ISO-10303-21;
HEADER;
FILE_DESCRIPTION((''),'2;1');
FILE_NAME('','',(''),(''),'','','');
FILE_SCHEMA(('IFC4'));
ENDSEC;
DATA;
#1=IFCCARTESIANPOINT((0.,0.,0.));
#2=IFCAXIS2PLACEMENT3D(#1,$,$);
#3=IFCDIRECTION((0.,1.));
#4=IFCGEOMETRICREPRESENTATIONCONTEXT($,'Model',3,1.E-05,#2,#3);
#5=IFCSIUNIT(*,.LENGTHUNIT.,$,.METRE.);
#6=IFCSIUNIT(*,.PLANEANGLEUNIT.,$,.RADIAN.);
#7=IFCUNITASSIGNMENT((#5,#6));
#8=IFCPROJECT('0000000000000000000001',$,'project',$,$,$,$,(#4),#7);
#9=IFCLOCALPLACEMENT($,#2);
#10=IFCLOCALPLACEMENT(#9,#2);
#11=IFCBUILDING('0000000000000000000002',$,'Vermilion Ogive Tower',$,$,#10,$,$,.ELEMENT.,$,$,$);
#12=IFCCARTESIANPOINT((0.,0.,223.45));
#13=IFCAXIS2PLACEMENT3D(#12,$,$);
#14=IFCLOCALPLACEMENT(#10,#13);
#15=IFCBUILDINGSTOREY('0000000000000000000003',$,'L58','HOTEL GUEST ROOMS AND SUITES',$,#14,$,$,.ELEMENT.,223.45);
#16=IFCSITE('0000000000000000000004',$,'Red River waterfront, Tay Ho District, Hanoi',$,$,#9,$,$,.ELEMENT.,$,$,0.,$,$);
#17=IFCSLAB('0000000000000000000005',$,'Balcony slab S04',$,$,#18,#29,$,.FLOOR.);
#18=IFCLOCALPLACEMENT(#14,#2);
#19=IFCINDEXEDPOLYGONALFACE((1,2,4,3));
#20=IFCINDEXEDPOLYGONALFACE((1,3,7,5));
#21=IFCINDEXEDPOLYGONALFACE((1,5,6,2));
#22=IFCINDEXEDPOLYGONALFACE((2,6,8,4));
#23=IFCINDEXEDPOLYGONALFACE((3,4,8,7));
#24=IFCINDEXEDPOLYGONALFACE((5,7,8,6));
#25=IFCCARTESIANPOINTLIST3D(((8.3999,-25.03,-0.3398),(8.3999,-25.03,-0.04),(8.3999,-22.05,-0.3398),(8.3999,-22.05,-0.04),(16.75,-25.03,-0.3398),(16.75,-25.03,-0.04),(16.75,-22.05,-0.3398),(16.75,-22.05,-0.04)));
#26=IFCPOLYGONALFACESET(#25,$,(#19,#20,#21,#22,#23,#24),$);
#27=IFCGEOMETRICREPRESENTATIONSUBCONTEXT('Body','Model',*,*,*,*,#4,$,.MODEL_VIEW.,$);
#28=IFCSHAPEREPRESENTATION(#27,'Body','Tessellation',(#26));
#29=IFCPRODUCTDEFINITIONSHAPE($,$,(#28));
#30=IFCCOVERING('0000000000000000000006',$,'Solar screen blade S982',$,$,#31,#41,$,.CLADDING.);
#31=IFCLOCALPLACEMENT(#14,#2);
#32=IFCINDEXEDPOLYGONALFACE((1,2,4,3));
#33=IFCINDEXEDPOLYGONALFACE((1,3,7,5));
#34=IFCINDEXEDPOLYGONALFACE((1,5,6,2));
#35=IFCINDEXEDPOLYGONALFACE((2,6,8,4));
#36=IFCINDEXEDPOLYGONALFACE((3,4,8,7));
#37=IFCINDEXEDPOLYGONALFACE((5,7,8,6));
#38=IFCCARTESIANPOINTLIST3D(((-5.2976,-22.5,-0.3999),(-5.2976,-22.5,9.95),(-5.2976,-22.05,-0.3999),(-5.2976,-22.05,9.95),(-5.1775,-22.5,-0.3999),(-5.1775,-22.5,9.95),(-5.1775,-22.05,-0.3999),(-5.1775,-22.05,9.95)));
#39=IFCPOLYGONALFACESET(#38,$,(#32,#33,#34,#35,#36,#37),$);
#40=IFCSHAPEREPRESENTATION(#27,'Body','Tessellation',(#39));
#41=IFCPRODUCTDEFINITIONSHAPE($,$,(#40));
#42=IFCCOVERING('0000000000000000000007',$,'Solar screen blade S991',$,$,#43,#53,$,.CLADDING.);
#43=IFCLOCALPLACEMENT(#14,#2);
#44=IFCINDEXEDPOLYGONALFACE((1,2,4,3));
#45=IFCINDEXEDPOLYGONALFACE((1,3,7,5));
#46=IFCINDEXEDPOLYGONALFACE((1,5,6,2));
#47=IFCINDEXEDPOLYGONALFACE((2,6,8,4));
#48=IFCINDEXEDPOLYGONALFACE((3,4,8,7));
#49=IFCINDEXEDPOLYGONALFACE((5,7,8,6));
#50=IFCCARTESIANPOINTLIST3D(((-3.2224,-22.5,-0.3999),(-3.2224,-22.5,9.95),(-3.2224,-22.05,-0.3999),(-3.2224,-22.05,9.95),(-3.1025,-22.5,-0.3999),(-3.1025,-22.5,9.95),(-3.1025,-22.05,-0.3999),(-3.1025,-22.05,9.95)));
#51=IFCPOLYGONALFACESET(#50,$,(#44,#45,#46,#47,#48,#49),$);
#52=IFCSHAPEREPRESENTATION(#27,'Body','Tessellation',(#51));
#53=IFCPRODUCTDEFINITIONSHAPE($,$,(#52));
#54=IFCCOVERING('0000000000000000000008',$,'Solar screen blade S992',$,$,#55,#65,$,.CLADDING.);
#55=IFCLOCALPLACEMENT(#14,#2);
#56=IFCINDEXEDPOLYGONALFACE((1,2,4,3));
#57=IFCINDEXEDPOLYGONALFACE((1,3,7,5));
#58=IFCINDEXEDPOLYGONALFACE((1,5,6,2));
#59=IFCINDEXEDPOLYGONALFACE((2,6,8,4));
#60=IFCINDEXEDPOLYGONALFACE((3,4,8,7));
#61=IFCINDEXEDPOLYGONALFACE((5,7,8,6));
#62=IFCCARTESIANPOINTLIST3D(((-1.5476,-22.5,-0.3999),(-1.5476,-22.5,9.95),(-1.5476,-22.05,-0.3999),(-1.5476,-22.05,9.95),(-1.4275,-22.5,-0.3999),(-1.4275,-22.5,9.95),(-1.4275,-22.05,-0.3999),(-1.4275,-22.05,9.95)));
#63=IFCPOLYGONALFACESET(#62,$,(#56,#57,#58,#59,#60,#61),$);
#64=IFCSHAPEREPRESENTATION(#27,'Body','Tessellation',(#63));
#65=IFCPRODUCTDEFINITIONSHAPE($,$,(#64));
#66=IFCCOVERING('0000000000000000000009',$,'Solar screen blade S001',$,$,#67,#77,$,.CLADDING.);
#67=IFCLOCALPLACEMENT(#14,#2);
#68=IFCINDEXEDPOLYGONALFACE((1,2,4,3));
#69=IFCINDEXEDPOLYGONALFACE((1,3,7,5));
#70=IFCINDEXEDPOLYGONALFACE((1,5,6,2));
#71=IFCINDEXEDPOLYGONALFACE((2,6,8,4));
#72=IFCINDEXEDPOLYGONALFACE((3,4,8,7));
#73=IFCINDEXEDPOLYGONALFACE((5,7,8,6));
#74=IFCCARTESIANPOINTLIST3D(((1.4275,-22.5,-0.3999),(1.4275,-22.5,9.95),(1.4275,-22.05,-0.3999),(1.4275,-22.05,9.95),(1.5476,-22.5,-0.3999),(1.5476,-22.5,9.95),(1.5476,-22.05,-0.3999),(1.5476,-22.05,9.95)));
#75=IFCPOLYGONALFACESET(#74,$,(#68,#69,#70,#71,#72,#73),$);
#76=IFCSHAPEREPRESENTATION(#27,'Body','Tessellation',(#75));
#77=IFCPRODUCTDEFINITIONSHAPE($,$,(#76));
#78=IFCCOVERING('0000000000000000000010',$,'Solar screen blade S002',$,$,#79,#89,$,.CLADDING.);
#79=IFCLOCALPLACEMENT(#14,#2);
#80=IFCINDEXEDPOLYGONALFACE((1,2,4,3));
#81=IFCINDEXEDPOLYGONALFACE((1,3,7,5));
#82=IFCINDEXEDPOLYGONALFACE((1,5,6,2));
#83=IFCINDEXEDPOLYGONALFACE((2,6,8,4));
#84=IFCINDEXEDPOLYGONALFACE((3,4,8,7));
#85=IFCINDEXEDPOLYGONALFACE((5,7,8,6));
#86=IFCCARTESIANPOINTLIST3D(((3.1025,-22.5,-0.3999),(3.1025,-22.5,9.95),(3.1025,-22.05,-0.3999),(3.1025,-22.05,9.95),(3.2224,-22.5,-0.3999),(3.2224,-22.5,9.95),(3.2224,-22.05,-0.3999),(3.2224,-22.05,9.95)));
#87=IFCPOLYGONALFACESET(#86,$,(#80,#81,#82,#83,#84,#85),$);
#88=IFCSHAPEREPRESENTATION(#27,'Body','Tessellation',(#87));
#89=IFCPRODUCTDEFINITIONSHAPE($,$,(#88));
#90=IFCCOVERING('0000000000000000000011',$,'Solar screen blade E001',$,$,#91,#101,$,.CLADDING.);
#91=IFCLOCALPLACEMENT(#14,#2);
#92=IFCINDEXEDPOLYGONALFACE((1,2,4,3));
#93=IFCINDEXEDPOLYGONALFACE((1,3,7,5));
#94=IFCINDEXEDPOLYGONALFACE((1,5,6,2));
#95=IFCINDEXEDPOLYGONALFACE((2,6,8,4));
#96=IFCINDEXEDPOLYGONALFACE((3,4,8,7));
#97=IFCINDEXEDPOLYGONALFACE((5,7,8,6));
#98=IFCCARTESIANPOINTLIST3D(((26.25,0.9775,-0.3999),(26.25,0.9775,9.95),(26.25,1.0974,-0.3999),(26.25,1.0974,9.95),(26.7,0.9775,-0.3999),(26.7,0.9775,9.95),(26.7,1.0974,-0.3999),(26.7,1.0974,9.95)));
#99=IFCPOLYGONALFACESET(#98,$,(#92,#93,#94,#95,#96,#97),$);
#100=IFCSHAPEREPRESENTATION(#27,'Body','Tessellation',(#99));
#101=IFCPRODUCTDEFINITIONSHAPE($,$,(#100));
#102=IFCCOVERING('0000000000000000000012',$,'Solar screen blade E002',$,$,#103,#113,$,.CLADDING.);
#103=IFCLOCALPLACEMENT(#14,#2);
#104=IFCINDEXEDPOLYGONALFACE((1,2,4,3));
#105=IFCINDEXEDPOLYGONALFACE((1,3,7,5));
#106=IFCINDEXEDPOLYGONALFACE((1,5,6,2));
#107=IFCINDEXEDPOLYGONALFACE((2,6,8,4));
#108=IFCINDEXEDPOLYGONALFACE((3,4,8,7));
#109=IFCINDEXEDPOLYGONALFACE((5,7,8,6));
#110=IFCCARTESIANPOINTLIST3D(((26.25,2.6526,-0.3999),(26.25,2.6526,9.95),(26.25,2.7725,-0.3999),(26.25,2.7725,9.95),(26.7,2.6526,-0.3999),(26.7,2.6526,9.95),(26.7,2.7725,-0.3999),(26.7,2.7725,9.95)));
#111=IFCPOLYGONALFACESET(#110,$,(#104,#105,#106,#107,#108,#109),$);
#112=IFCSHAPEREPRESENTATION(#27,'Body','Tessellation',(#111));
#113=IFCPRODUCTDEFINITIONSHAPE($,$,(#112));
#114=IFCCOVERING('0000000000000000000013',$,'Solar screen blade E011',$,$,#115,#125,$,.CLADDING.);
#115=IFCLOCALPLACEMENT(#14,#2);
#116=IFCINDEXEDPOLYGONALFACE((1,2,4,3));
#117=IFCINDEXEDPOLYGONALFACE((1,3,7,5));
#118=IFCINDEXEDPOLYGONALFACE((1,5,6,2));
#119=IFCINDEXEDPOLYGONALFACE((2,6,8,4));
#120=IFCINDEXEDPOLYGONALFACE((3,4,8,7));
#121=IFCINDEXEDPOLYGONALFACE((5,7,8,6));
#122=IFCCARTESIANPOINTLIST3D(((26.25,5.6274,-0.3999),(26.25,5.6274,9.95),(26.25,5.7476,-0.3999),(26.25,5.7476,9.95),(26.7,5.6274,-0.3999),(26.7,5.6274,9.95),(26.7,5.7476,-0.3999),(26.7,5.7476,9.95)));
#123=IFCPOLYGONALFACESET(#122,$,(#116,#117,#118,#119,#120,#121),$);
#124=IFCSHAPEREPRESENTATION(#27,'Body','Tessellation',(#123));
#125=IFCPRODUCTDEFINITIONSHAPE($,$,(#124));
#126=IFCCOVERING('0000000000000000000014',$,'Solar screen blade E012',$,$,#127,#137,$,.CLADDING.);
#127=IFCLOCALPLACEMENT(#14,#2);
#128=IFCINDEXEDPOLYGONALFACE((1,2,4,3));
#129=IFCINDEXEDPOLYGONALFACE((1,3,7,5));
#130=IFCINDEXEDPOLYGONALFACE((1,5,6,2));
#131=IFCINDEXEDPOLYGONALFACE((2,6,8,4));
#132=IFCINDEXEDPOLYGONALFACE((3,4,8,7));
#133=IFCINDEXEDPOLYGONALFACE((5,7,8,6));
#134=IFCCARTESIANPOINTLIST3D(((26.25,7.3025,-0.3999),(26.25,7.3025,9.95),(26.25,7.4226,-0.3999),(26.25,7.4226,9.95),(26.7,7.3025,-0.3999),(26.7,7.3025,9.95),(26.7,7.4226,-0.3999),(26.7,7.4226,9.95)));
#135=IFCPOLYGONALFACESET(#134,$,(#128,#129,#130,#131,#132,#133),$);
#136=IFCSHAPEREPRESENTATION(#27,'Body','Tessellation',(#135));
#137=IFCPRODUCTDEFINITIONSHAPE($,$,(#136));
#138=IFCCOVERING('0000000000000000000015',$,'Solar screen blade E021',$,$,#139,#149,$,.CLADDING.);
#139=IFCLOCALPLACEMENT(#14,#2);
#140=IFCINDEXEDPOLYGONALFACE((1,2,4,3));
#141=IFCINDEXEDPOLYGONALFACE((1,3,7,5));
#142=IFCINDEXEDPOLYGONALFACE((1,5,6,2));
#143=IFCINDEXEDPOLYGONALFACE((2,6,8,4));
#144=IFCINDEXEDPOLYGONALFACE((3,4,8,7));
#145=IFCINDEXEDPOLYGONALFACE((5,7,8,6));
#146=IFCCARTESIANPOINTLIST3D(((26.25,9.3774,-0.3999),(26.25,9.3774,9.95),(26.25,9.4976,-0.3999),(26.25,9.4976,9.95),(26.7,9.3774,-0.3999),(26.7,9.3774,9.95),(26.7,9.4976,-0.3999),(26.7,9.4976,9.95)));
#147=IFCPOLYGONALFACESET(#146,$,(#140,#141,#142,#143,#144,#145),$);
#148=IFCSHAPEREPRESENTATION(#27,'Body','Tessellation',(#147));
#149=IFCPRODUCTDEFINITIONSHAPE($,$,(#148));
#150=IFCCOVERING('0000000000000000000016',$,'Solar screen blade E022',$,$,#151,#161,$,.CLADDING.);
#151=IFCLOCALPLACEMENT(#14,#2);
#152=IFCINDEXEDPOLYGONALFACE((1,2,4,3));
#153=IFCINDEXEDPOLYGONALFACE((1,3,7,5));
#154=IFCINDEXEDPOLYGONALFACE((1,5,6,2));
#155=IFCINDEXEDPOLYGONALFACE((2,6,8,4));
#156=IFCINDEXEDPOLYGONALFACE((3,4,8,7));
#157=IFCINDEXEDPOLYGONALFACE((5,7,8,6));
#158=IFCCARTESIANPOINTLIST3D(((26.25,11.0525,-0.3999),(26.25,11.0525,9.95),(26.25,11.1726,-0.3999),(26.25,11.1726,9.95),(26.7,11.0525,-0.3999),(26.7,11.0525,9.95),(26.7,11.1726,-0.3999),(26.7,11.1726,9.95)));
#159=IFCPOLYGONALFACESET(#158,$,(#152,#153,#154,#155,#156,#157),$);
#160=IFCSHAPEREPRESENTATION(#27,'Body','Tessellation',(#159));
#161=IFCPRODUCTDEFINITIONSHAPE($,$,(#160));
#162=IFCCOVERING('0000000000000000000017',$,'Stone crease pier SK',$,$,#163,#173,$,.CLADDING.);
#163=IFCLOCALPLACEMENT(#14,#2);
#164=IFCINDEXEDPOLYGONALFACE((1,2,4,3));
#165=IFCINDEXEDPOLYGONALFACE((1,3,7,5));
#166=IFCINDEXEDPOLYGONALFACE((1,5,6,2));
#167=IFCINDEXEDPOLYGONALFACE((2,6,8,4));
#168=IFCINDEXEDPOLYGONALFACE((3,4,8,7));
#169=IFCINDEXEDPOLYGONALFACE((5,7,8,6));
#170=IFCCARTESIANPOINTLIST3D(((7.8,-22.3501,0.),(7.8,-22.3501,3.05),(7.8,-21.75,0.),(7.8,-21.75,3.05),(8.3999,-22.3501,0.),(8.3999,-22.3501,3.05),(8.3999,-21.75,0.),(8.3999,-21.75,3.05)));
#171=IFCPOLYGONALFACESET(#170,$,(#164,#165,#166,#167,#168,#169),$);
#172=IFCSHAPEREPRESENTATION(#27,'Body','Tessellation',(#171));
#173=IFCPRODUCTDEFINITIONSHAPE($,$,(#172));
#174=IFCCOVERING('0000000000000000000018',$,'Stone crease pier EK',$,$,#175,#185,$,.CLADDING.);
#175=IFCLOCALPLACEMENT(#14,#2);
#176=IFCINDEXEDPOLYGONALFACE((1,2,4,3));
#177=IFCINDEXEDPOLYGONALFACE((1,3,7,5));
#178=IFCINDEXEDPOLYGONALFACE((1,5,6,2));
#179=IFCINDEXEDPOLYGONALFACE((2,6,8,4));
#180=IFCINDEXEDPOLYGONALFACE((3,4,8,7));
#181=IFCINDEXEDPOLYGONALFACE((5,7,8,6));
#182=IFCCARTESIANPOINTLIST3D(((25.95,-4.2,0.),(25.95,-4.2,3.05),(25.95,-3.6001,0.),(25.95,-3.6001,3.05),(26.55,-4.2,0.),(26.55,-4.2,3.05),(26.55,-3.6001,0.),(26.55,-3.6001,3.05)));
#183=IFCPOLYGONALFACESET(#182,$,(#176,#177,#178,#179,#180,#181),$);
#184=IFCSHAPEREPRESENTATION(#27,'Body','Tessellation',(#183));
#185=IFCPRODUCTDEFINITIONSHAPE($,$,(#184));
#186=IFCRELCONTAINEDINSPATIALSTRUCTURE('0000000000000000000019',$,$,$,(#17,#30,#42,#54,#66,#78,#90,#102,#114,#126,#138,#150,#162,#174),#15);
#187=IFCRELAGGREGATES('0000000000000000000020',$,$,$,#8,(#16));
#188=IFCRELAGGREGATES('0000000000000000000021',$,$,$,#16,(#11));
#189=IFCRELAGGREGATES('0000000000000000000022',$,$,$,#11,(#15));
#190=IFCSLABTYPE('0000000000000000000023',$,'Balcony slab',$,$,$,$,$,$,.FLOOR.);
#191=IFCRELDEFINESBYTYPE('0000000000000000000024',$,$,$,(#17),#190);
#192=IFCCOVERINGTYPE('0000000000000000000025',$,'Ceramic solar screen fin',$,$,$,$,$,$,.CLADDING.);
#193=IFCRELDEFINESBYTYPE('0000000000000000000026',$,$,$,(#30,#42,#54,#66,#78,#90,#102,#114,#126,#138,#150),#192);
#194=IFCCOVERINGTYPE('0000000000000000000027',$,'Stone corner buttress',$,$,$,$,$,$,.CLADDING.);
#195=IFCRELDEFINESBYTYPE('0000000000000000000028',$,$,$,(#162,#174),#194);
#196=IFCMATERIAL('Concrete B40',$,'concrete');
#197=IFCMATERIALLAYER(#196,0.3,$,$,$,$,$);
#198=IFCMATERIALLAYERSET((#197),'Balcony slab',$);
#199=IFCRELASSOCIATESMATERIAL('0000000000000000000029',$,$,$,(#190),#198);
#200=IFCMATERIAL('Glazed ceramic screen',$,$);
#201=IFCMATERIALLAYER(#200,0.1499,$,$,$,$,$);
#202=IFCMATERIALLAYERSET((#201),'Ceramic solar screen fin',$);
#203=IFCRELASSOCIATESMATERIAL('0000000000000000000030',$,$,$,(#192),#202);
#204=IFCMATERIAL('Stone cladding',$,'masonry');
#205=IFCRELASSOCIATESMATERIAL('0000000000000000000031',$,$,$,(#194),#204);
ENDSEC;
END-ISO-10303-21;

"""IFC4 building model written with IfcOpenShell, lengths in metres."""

from ifc_helpers import new_model, si_unit, direction, frame, origin, place, context, subcontext, project, spatial, polyline, outline, extrude, material, layer, layer_set, type_object, element, save


model = new_model("IFC4")

# Units and contexts
model_context = context("Model", 3, precision=1e-05, world=origin(), true_north=direction((0.0, 1.0)))
body_context = subcontext(model_context, "Body", "Model", "MODEL_VIEW")
ifc_project = project(units=[si_unit("LENGTHUNIT", "METRE"), si_unit("PLANEANGLEUNIT", "RADIAN")], contexts=[model_context])

# Site, building, storey
site_placement = place(None, origin())
site = spatial("IfcSite", under=ifc_project, at=site_placement, Name="Red River waterfront, Tay Ho District, Hanoi", CompositionType="ELEMENT", RefElevation=0.0)
building_placement = place(site_placement, origin())
building = spatial("IfcBuilding", under=site, at=building_placement, Name="Vermilion Ogive Tower", CompositionType="ELEMENT")
storey_placement = place(building_placement, frame((0.0, 0.0, 223.45)))
storey = spatial("IfcBuildingStorey", under=building, at=storey_placement, Name="L58", Description="HOTEL GUEST ROOMS AND SUITES", CompositionType="ELEMENT", Elevation=223.45)

# Slab
ifc_material_1 = material(Name="Concrete B40", Category="concrete")
ifc_layer_1 = layer(ifc_material_1, 0.3)
ifc_layer_set_1 = layer_set([ifc_layer_1], Name="Balcony slab")
slab_type = type_object("IfcSlabType", Name="Balcony slab", PredefinedType="FLOOR", material=ifc_layer_set_1)
slab_placement = place(storey_placement, frame((0.0, 0.0, -0.3398)))
element("IfcSlab", 1, at=slab_placement, inside=storey, type_object=slab_type, Name="Balcony slab S04", PredefinedType="FLOOR", context=body_context, shape_type="SweptSolid", body=[
    extrude(outline(polyline([(8.3999, -25.03), (16.75, -25.03), (16.75, -22.05), (8.3999, -22.05), (8.3999, -25.03)])), origin(), (0.0, 0.0, 1.0), 0.2998),
])

# Coverings
ifc_material_2 = material(Name="Glazed ceramic screen")
ifc_layer_2 = layer(ifc_material_2, 0.1499)
ifc_layer_set_2 = layer_set([ifc_layer_2], Name="Ceramic solar screen fin")
covering_type_1 = type_object("IfcCoveringType", Name="Ceramic solar screen fin", PredefinedType="CLADDING", material=ifc_layer_set_2)
covering_1_placement = place(storey_placement, frame((0.0, 0.0, -0.3999)))
element("IfcCovering", 2, at=covering_1_placement, inside=storey, type_object=covering_type_1, Name="Solar screen blade S982", PredefinedType="CLADDING", context=body_context, shape_type="SweptSolid", body=[
    extrude(outline(polyline([(-5.2976, -22.5), (-5.1775, -22.5), (-5.1775, -22.05), (-5.2976, -22.05), (-5.2976, -22.5)])), origin(), (0.0, 0.0, 1.0), 10.3499),
])
covering_2_placement = place(storey_placement, frame((0.0, 0.0, -0.3999)))
element("IfcCovering", 3, at=covering_2_placement, inside=storey, type_object=covering_type_1, Name="Solar screen blade S991", PredefinedType="CLADDING", context=body_context, shape_type="SweptSolid", body=[
    extrude(outline(polyline([(-3.2224, -22.5), (-3.1025, -22.5), (-3.1025, -22.05), (-3.2224, -22.05), (-3.2224, -22.5)])), origin(), (0.0, 0.0, 1.0), 10.3499),
])
covering_3_placement = place(storey_placement, frame((0.0, 0.0, -0.3999)))
element("IfcCovering", 4, at=covering_3_placement, inside=storey, type_object=covering_type_1, Name="Solar screen blade S992", PredefinedType="CLADDING", context=body_context, shape_type="SweptSolid", body=[
    extrude(outline(polyline([(-1.5476, -22.5), (-1.4275, -22.5), (-1.4275, -22.05), (-1.5476, -22.05), (-1.5476, -22.5)])), origin(), (0.0, 0.0, 1.0), 10.3499),
])
covering_4_placement = place(storey_placement, frame((0.0, 0.0, -0.3999)))
element("IfcCovering", 5, at=covering_4_placement, inside=storey, type_object=covering_type_1, Name="Solar screen blade S001", PredefinedType="CLADDING", context=body_context, shape_type="SweptSolid", body=[
    extrude(outline(polyline([(1.4275, -22.5), (1.5476, -22.5), (1.5476, -22.05), (1.4275, -22.05), (1.4275, -22.5)])), origin(), (0.0, 0.0, 1.0), 10.3499),
])
covering_5_placement = place(storey_placement, frame((0.0, 0.0, -0.3999)))
element("IfcCovering", 6, at=covering_5_placement, inside=storey, type_object=covering_type_1, Name="Solar screen blade S002", PredefinedType="CLADDING", context=body_context, shape_type="SweptSolid", body=[
    extrude(outline(polyline([(3.1025, -22.5), (3.2224, -22.5), (3.2224, -22.05), (3.1025, -22.05), (3.1025, -22.5)])), origin(), (0.0, 0.0, 1.0), 10.3499),
])
covering_6_placement = place(storey_placement, frame((0.0, 0.0, -0.3999)))
element("IfcCovering", 7, at=covering_6_placement, inside=storey, type_object=covering_type_1, Name="Solar screen blade E001", PredefinedType="CLADDING", context=body_context, shape_type="SweptSolid", body=[
    extrude(outline(polyline([(26.7, 0.9775), (26.7, 1.0974), (26.25, 1.0974), (26.25, 0.9775), (26.7, 0.9775)])), origin(), (0.0, 0.0, 1.0), 10.3499),
])
covering_7_placement = place(storey_placement, frame((0.0, 0.0, -0.3999)))
element("IfcCovering", 8, at=covering_7_placement, inside=storey, type_object=covering_type_1, Name="Solar screen blade E002", PredefinedType="CLADDING", context=body_context, shape_type="SweptSolid", body=[
    extrude(outline(polyline([(26.7, 2.6526), (26.7, 2.7725), (26.25, 2.7725), (26.25, 2.6526), (26.7, 2.6526)])), origin(), (0.0, 0.0, 1.0), 10.3499),
])
covering_8_placement = place(storey_placement, frame((0.0, 0.0, -0.3999)))
element("IfcCovering", 9, at=covering_8_placement, inside=storey, type_object=covering_type_1, Name="Solar screen blade E011", PredefinedType="CLADDING", context=body_context, shape_type="SweptSolid", body=[
    extrude(outline(polyline([(26.7, 5.6274), (26.7, 5.7476), (26.25, 5.7476), (26.25, 5.6274), (26.7, 5.6274)])), origin(), (0.0, 0.0, 1.0), 10.3499),
])
covering_9_placement = place(storey_placement, frame((0.0, 0.0, -0.3999)))
element("IfcCovering", 10, at=covering_9_placement, inside=storey, type_object=covering_type_1, Name="Solar screen blade E012", PredefinedType="CLADDING", context=body_context, shape_type="SweptSolid", body=[
    extrude(outline(polyline([(26.7, 7.3025), (26.7, 7.4226), (26.25, 7.4226), (26.25, 7.3025), (26.7, 7.3025)])), origin(), (0.0, 0.0, 1.0), 10.3499),
])
covering_10_placement = place(storey_placement, frame((0.0, 0.0, -0.3999)))
element("IfcCovering", 11, at=covering_10_placement, inside=storey, type_object=covering_type_1, Name="Solar screen blade E021", PredefinedType="CLADDING", context=body_context, shape_type="SweptSolid", body=[
    extrude(outline(polyline([(26.7, 9.3774), (26.7, 9.4976), (26.25, 9.4976), (26.25, 9.3774), (26.7, 9.3774)])), origin(), (0.0, 0.0, 1.0), 10.3499),
])
covering_11_placement = place(storey_placement, frame((0.0, 0.0, -0.3999)))
element("IfcCovering", 12, at=covering_11_placement, inside=storey, type_object=covering_type_1, Name="Solar screen blade E022", PredefinedType="CLADDING", context=body_context, shape_type="SweptSolid", body=[
    extrude(outline(polyline([(26.7, 11.0525), (26.7, 11.1726), (26.25, 11.1726), (26.25, 11.0525), (26.7, 11.0525)])), origin(), (0.0, 0.0, 1.0), 10.3499),
])
ifc_material_3 = material(Name="Stone cladding", Category="masonry")
covering_type_2 = type_object("IfcCoveringType", Name="Stone corner buttress", PredefinedType="CLADDING", material=ifc_material_3)
covering_12_placement = place(storey_placement, origin())
element("IfcCovering", 13, at=covering_12_placement, inside=storey, type_object=covering_type_2, Name="Stone crease pier SK", PredefinedType="CLADDING", context=body_context, shape_type="SweptSolid", body=[
    extrude(outline(polyline([(7.8, -22.3501), (8.3999, -22.3501), (8.3999, -21.75), (7.8, -21.75), (7.8, -22.3501)])), origin(), (0.0, 0.0, 1.0), 3.05),
])
covering_13_placement = place(storey_placement, origin())
element("IfcCovering", 14, at=covering_13_placement, inside=storey, type_object=covering_type_2, Name="Stone crease pier EK", PredefinedType="CLADDING", context=body_context, shape_type="SweptSolid", body=[
    extrude(outline(polyline([(26.55, -4.2), (26.55, -3.6001), (25.95, -3.6001), (25.95, -4.2), (26.55, -4.2)])), origin(), (0.0, 0.0, 1.0), 3.05),
])

save(model, "model.ifc")
